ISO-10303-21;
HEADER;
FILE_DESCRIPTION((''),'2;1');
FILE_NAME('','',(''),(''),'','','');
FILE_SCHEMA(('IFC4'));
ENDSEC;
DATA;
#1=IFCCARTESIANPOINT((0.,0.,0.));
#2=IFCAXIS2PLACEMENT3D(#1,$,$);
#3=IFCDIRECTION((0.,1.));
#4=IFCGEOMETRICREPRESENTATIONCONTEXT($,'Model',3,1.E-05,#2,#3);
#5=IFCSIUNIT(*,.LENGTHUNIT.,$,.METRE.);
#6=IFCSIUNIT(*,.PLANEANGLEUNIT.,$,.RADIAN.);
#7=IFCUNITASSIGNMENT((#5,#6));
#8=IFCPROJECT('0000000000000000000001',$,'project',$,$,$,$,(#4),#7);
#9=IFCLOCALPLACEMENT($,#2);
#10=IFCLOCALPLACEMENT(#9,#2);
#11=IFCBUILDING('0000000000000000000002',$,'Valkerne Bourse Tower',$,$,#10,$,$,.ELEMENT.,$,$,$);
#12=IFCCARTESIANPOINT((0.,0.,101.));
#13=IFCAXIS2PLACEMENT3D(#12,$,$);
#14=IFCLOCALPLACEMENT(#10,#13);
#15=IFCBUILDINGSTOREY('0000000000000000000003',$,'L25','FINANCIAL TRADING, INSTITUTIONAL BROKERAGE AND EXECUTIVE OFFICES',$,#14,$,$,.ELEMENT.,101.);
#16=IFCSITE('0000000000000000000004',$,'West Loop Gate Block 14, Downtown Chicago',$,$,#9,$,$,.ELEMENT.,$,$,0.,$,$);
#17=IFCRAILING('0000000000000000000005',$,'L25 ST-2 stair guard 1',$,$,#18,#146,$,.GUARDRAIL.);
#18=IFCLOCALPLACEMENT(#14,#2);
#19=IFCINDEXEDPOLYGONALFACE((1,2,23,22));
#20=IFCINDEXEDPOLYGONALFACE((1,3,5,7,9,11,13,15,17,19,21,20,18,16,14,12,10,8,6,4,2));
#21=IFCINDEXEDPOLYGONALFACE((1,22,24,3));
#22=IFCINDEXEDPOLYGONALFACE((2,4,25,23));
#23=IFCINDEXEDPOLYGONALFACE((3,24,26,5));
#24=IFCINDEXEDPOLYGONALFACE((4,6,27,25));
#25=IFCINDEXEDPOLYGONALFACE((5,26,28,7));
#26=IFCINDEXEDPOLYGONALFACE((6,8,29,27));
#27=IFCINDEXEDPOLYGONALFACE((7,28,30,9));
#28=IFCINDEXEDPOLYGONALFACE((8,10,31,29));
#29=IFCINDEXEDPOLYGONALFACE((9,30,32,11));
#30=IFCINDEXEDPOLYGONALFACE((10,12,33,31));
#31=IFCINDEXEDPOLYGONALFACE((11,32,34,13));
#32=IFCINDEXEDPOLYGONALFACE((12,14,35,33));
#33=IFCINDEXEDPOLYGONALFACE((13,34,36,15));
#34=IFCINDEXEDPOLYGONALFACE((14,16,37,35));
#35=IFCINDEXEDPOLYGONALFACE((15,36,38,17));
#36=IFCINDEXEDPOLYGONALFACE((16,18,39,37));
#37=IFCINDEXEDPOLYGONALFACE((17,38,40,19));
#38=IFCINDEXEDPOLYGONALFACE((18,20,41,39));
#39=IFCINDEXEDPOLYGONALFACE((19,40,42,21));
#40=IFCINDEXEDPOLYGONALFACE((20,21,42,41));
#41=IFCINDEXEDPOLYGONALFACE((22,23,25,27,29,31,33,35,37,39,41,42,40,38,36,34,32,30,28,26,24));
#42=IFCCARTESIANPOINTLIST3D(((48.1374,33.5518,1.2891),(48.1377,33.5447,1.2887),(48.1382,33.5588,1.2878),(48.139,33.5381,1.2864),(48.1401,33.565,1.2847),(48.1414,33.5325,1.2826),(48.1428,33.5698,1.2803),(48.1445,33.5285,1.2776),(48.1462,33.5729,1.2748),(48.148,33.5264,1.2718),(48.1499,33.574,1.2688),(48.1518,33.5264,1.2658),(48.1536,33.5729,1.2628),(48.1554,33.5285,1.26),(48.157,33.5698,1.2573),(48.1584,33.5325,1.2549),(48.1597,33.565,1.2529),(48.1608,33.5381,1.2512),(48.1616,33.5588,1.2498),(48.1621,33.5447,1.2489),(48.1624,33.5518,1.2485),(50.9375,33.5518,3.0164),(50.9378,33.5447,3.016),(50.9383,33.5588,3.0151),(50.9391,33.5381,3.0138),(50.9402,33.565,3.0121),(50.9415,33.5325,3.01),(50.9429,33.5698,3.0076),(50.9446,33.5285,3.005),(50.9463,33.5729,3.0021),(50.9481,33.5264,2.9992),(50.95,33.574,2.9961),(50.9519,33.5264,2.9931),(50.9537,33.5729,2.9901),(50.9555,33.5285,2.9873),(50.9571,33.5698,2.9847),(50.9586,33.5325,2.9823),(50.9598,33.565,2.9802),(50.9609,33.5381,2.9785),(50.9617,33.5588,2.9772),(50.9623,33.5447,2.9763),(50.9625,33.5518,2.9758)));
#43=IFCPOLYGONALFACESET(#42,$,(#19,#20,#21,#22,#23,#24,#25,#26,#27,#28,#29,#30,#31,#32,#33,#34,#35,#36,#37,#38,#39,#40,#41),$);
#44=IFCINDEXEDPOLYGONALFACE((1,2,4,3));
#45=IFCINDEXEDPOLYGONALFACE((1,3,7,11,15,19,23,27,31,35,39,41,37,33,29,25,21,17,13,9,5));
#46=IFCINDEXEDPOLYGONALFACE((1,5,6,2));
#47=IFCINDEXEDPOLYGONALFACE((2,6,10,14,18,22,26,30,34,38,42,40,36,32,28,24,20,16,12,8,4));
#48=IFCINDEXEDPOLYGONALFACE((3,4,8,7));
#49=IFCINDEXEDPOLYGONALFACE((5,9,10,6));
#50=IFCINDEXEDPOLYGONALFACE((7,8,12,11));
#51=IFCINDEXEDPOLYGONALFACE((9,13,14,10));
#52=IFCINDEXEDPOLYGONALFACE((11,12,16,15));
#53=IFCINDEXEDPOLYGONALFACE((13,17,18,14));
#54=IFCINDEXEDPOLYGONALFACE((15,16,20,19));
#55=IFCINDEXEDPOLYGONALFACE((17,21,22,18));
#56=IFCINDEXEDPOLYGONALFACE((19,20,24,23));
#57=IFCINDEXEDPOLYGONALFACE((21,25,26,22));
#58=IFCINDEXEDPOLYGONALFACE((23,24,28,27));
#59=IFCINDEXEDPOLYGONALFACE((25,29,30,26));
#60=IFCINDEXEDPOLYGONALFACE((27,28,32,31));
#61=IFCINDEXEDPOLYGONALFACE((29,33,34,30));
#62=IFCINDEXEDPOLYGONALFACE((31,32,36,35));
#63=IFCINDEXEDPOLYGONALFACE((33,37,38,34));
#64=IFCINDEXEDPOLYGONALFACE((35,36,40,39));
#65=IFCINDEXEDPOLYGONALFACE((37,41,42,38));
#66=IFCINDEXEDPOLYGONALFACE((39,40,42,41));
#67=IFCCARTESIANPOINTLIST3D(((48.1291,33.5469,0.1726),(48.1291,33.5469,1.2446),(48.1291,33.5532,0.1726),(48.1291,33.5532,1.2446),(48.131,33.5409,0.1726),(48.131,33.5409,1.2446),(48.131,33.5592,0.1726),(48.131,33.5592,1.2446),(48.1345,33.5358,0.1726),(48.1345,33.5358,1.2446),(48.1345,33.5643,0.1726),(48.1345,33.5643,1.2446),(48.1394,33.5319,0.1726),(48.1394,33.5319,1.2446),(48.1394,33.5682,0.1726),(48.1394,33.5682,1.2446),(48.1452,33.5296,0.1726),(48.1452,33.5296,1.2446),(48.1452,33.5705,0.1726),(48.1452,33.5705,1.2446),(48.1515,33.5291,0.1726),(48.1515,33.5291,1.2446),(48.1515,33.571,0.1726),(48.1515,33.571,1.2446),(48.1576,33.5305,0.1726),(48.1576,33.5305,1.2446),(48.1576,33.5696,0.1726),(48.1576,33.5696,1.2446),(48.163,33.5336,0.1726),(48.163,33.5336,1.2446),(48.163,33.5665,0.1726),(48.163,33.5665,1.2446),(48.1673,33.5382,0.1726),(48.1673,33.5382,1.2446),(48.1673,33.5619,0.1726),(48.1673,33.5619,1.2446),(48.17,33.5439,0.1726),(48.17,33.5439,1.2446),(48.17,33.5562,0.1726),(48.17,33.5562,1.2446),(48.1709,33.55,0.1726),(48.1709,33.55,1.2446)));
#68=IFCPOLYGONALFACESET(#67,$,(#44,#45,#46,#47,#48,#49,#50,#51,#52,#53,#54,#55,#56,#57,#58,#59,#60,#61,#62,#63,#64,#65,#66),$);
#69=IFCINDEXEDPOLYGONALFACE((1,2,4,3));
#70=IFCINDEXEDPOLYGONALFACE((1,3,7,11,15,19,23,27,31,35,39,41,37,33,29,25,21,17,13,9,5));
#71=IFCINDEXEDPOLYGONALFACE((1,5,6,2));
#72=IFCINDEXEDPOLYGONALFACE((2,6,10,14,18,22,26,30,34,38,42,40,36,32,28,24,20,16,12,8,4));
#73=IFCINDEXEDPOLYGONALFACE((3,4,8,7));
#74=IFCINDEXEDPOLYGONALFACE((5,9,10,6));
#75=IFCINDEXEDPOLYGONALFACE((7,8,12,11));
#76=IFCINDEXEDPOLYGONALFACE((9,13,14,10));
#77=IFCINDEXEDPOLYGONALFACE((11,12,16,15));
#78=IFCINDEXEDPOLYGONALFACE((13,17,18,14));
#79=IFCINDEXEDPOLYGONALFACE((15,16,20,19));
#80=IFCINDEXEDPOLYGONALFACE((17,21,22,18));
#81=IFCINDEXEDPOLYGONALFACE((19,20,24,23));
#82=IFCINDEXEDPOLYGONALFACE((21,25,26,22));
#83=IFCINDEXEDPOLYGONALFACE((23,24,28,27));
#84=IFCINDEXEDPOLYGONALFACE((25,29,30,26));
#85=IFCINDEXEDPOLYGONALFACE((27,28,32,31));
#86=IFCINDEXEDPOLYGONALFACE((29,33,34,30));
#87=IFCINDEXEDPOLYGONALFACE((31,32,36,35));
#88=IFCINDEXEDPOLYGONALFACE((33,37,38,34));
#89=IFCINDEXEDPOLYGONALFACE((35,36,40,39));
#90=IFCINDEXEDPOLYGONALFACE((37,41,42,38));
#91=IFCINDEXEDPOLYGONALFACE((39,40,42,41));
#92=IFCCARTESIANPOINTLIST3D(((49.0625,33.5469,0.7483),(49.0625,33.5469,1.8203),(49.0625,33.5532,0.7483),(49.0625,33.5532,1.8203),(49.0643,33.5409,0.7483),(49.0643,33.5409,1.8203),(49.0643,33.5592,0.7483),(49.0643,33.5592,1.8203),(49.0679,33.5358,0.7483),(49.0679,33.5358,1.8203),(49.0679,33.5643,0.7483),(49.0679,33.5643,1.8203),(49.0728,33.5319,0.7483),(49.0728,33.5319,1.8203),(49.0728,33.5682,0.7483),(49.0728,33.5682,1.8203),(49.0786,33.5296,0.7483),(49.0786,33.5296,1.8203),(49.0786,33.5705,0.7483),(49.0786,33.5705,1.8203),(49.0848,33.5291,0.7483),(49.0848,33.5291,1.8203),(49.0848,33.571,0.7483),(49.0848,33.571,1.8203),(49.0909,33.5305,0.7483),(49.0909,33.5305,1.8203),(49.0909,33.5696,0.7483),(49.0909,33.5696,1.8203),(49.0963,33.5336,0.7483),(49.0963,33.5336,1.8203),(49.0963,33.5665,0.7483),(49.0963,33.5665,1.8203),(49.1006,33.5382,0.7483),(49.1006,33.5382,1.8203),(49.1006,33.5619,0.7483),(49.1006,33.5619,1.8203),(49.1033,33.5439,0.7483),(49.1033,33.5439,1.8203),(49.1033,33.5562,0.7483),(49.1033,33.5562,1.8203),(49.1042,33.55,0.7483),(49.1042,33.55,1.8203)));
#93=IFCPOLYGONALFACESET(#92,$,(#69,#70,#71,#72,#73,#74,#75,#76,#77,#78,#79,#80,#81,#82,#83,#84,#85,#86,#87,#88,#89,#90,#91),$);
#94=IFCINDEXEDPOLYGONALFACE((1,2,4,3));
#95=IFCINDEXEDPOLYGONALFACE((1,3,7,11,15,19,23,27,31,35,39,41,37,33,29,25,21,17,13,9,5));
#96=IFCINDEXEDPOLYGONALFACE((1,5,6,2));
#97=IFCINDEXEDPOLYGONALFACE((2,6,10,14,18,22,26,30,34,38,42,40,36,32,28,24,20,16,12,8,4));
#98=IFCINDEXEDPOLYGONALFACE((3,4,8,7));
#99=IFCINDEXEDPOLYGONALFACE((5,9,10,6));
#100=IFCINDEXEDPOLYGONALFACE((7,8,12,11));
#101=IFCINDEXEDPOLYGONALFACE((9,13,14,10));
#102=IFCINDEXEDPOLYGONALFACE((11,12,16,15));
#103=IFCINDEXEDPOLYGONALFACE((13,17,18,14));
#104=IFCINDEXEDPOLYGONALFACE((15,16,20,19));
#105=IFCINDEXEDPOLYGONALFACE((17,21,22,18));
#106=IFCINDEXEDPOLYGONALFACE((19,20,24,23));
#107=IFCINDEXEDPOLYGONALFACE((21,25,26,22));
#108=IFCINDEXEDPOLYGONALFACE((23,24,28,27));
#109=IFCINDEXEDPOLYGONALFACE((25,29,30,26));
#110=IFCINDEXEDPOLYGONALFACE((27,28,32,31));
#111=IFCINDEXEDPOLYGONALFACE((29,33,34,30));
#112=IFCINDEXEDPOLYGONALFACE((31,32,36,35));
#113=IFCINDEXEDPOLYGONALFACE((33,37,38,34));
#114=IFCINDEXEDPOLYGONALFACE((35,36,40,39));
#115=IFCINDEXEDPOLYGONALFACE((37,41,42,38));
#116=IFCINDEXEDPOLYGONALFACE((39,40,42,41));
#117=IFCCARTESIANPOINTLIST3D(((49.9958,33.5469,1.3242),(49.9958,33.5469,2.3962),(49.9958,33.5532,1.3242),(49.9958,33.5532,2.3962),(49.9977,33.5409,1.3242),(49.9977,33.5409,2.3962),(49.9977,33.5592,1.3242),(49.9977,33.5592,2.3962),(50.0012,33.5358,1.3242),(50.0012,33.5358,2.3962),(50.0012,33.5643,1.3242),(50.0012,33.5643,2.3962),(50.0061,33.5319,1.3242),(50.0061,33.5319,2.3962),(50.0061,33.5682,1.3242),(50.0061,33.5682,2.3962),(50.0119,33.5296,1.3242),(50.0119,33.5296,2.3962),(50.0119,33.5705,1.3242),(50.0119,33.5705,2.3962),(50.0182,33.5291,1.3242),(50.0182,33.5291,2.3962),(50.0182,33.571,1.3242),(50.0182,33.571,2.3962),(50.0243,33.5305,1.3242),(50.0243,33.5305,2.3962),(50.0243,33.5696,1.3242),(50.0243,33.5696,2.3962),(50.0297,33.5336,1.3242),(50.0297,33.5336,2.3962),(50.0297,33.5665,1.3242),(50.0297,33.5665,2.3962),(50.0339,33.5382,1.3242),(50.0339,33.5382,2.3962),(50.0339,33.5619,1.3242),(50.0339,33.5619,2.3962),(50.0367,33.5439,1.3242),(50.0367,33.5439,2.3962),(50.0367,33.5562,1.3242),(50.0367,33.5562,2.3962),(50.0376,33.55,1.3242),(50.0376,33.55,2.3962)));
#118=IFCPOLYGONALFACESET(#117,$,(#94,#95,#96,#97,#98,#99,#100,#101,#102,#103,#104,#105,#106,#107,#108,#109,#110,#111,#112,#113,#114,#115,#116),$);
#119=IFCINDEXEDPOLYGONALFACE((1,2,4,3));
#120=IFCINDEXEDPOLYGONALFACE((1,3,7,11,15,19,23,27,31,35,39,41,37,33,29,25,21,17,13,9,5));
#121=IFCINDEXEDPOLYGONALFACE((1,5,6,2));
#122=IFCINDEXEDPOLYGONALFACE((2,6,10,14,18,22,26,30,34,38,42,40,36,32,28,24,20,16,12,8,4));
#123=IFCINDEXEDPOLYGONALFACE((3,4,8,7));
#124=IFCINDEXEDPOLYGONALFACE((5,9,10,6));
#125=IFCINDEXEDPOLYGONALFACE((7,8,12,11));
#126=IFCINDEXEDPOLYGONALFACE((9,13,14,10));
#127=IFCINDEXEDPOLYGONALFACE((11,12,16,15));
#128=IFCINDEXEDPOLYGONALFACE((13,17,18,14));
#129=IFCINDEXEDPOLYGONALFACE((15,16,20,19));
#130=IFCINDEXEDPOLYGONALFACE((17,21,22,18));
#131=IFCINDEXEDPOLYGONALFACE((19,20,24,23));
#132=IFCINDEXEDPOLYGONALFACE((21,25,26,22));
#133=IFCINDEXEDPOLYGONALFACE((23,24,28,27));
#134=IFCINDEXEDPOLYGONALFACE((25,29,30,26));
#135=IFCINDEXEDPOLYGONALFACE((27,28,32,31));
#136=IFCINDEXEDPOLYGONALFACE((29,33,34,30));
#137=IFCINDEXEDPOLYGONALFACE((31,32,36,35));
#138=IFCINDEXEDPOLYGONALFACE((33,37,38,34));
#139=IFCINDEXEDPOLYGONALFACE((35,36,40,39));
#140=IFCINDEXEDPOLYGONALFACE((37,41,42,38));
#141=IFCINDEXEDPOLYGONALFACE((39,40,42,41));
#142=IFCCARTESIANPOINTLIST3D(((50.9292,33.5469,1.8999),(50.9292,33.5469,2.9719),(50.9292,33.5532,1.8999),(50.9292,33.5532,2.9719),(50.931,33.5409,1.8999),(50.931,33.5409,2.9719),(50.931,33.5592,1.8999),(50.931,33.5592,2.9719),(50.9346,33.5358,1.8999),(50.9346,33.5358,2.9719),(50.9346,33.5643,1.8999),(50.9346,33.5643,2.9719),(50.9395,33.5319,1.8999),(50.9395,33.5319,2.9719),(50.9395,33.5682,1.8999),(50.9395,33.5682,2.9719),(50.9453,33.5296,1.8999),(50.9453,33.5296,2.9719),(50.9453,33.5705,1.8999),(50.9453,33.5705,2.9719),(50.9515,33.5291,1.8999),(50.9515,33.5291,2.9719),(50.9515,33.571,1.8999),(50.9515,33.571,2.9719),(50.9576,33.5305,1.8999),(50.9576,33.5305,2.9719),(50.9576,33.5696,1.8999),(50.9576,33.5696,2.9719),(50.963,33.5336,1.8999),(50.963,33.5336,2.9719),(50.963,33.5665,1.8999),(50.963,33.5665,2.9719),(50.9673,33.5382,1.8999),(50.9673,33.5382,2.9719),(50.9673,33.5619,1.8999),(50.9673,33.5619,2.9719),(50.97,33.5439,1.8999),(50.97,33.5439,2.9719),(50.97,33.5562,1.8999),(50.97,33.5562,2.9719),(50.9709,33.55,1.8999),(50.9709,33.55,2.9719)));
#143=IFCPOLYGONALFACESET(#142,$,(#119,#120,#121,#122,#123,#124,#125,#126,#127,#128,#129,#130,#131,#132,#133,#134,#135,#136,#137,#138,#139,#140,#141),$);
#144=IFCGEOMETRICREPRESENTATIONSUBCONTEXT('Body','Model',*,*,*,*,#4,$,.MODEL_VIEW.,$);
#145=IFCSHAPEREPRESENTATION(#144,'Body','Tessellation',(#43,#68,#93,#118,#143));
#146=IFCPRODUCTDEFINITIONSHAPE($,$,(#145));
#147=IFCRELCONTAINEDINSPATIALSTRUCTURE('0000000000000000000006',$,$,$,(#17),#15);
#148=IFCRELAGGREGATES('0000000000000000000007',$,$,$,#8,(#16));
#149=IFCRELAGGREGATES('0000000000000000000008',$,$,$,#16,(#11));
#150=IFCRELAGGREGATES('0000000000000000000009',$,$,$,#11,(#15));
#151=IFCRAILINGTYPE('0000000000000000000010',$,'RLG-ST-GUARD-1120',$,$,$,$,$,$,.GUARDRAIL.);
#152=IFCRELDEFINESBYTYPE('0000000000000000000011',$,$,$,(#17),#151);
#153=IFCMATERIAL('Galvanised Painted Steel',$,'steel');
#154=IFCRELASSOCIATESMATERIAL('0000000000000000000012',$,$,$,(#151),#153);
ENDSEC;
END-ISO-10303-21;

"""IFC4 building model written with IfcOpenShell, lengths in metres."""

from ifc_helpers import new_model, si_unit, direction, frame, origin, origin_2d, place, context, subcontext, project, spatial, circle, extrude, material, type_object, element, save


model = new_model("IFC4")

# Units and contexts
model_context = context("Model", 3, precision=1e-05, world=origin(), true_north=direction((0.0, 1.0)))
body_context = subcontext(model_context, "Body", "Model", "MODEL_VIEW")
ifc_project = project(units=[si_unit("LENGTHUNIT", "METRE"), si_unit("PLANEANGLEUNIT", "RADIAN")], contexts=[model_context])

# Site, building, storey
site_placement = place(None, origin())
site = spatial("IfcSite", under=ifc_project, at=site_placement, Name="West Loop Gate Block 14, Downtown Chicago", CompositionType="ELEMENT", RefElevation=0.0)
building_placement = place(site_placement, origin())
building = spatial("IfcBuilding", under=site, at=building_placement, Name="Valkerne Bourse Tower", CompositionType="ELEMENT")
storey_placement = place(building_placement, frame((0.0, 0.0, 101.0)))
storey = spatial("IfcBuildingStorey", under=building, at=storey_placement, Name="L25", Description="FINANCIAL TRADING, INSTITUTIONAL BROKERAGE AND EXECUTIVE OFFICES", CompositionType="ELEMENT", Elevation=101.0)

# Shared definitions
ifc_material_1 = material(Name="Galvanised Painted Steel", Category="steel")

# Railing
railing_type_1 = type_object("IfcRailingType", Name="RLG-ST-GUARD-1120", PredefinedType="GUARDRAIL", material=ifc_material_1)
railing_1_placement = place(storey_placement, frame((48.1499, 33.55, 0.1726)))
element("IfcRailing", 1, at=railing_1_placement, inside=storey, type_object=railing_type_1, Name="L25 ST-2 stair guard 1", PredefinedType="GUARDRAIL", context=body_context, shape_type="SweptSolid", body=[
    extrude(circle(Radius=0.0239, at=origin_2d()), frame((0.0, 0.0, 1.0962), z_axis=(0.85109, 0.0, 0.52502), x_axis=(0.0, 1.0, 0.0)), (0.0, 0.0, 1.0), 3.29),
    extrude(circle(Radius=0.021, at=origin_2d()), origin(), (0.0, 0.0, 1.0), 1.072),
    extrude(circle(Radius=0.021, at=origin_2d()), frame((0.9333, 0.0, 0.5757)), (0.0, 0.0, 1.0), 1.072),
    extrude(circle(Radius=0.021, at=origin_2d()), frame((1.8667, 0.0, 1.1516)), (0.0, 0.0, 1.0), 1.072),
    extrude(circle(Radius=0.021, at=origin_2d()), frame((2.8, 0.0, 1.7273)), (0.0, 0.0, 1.0), 1.072),
])

save(model, "model.ifc")
